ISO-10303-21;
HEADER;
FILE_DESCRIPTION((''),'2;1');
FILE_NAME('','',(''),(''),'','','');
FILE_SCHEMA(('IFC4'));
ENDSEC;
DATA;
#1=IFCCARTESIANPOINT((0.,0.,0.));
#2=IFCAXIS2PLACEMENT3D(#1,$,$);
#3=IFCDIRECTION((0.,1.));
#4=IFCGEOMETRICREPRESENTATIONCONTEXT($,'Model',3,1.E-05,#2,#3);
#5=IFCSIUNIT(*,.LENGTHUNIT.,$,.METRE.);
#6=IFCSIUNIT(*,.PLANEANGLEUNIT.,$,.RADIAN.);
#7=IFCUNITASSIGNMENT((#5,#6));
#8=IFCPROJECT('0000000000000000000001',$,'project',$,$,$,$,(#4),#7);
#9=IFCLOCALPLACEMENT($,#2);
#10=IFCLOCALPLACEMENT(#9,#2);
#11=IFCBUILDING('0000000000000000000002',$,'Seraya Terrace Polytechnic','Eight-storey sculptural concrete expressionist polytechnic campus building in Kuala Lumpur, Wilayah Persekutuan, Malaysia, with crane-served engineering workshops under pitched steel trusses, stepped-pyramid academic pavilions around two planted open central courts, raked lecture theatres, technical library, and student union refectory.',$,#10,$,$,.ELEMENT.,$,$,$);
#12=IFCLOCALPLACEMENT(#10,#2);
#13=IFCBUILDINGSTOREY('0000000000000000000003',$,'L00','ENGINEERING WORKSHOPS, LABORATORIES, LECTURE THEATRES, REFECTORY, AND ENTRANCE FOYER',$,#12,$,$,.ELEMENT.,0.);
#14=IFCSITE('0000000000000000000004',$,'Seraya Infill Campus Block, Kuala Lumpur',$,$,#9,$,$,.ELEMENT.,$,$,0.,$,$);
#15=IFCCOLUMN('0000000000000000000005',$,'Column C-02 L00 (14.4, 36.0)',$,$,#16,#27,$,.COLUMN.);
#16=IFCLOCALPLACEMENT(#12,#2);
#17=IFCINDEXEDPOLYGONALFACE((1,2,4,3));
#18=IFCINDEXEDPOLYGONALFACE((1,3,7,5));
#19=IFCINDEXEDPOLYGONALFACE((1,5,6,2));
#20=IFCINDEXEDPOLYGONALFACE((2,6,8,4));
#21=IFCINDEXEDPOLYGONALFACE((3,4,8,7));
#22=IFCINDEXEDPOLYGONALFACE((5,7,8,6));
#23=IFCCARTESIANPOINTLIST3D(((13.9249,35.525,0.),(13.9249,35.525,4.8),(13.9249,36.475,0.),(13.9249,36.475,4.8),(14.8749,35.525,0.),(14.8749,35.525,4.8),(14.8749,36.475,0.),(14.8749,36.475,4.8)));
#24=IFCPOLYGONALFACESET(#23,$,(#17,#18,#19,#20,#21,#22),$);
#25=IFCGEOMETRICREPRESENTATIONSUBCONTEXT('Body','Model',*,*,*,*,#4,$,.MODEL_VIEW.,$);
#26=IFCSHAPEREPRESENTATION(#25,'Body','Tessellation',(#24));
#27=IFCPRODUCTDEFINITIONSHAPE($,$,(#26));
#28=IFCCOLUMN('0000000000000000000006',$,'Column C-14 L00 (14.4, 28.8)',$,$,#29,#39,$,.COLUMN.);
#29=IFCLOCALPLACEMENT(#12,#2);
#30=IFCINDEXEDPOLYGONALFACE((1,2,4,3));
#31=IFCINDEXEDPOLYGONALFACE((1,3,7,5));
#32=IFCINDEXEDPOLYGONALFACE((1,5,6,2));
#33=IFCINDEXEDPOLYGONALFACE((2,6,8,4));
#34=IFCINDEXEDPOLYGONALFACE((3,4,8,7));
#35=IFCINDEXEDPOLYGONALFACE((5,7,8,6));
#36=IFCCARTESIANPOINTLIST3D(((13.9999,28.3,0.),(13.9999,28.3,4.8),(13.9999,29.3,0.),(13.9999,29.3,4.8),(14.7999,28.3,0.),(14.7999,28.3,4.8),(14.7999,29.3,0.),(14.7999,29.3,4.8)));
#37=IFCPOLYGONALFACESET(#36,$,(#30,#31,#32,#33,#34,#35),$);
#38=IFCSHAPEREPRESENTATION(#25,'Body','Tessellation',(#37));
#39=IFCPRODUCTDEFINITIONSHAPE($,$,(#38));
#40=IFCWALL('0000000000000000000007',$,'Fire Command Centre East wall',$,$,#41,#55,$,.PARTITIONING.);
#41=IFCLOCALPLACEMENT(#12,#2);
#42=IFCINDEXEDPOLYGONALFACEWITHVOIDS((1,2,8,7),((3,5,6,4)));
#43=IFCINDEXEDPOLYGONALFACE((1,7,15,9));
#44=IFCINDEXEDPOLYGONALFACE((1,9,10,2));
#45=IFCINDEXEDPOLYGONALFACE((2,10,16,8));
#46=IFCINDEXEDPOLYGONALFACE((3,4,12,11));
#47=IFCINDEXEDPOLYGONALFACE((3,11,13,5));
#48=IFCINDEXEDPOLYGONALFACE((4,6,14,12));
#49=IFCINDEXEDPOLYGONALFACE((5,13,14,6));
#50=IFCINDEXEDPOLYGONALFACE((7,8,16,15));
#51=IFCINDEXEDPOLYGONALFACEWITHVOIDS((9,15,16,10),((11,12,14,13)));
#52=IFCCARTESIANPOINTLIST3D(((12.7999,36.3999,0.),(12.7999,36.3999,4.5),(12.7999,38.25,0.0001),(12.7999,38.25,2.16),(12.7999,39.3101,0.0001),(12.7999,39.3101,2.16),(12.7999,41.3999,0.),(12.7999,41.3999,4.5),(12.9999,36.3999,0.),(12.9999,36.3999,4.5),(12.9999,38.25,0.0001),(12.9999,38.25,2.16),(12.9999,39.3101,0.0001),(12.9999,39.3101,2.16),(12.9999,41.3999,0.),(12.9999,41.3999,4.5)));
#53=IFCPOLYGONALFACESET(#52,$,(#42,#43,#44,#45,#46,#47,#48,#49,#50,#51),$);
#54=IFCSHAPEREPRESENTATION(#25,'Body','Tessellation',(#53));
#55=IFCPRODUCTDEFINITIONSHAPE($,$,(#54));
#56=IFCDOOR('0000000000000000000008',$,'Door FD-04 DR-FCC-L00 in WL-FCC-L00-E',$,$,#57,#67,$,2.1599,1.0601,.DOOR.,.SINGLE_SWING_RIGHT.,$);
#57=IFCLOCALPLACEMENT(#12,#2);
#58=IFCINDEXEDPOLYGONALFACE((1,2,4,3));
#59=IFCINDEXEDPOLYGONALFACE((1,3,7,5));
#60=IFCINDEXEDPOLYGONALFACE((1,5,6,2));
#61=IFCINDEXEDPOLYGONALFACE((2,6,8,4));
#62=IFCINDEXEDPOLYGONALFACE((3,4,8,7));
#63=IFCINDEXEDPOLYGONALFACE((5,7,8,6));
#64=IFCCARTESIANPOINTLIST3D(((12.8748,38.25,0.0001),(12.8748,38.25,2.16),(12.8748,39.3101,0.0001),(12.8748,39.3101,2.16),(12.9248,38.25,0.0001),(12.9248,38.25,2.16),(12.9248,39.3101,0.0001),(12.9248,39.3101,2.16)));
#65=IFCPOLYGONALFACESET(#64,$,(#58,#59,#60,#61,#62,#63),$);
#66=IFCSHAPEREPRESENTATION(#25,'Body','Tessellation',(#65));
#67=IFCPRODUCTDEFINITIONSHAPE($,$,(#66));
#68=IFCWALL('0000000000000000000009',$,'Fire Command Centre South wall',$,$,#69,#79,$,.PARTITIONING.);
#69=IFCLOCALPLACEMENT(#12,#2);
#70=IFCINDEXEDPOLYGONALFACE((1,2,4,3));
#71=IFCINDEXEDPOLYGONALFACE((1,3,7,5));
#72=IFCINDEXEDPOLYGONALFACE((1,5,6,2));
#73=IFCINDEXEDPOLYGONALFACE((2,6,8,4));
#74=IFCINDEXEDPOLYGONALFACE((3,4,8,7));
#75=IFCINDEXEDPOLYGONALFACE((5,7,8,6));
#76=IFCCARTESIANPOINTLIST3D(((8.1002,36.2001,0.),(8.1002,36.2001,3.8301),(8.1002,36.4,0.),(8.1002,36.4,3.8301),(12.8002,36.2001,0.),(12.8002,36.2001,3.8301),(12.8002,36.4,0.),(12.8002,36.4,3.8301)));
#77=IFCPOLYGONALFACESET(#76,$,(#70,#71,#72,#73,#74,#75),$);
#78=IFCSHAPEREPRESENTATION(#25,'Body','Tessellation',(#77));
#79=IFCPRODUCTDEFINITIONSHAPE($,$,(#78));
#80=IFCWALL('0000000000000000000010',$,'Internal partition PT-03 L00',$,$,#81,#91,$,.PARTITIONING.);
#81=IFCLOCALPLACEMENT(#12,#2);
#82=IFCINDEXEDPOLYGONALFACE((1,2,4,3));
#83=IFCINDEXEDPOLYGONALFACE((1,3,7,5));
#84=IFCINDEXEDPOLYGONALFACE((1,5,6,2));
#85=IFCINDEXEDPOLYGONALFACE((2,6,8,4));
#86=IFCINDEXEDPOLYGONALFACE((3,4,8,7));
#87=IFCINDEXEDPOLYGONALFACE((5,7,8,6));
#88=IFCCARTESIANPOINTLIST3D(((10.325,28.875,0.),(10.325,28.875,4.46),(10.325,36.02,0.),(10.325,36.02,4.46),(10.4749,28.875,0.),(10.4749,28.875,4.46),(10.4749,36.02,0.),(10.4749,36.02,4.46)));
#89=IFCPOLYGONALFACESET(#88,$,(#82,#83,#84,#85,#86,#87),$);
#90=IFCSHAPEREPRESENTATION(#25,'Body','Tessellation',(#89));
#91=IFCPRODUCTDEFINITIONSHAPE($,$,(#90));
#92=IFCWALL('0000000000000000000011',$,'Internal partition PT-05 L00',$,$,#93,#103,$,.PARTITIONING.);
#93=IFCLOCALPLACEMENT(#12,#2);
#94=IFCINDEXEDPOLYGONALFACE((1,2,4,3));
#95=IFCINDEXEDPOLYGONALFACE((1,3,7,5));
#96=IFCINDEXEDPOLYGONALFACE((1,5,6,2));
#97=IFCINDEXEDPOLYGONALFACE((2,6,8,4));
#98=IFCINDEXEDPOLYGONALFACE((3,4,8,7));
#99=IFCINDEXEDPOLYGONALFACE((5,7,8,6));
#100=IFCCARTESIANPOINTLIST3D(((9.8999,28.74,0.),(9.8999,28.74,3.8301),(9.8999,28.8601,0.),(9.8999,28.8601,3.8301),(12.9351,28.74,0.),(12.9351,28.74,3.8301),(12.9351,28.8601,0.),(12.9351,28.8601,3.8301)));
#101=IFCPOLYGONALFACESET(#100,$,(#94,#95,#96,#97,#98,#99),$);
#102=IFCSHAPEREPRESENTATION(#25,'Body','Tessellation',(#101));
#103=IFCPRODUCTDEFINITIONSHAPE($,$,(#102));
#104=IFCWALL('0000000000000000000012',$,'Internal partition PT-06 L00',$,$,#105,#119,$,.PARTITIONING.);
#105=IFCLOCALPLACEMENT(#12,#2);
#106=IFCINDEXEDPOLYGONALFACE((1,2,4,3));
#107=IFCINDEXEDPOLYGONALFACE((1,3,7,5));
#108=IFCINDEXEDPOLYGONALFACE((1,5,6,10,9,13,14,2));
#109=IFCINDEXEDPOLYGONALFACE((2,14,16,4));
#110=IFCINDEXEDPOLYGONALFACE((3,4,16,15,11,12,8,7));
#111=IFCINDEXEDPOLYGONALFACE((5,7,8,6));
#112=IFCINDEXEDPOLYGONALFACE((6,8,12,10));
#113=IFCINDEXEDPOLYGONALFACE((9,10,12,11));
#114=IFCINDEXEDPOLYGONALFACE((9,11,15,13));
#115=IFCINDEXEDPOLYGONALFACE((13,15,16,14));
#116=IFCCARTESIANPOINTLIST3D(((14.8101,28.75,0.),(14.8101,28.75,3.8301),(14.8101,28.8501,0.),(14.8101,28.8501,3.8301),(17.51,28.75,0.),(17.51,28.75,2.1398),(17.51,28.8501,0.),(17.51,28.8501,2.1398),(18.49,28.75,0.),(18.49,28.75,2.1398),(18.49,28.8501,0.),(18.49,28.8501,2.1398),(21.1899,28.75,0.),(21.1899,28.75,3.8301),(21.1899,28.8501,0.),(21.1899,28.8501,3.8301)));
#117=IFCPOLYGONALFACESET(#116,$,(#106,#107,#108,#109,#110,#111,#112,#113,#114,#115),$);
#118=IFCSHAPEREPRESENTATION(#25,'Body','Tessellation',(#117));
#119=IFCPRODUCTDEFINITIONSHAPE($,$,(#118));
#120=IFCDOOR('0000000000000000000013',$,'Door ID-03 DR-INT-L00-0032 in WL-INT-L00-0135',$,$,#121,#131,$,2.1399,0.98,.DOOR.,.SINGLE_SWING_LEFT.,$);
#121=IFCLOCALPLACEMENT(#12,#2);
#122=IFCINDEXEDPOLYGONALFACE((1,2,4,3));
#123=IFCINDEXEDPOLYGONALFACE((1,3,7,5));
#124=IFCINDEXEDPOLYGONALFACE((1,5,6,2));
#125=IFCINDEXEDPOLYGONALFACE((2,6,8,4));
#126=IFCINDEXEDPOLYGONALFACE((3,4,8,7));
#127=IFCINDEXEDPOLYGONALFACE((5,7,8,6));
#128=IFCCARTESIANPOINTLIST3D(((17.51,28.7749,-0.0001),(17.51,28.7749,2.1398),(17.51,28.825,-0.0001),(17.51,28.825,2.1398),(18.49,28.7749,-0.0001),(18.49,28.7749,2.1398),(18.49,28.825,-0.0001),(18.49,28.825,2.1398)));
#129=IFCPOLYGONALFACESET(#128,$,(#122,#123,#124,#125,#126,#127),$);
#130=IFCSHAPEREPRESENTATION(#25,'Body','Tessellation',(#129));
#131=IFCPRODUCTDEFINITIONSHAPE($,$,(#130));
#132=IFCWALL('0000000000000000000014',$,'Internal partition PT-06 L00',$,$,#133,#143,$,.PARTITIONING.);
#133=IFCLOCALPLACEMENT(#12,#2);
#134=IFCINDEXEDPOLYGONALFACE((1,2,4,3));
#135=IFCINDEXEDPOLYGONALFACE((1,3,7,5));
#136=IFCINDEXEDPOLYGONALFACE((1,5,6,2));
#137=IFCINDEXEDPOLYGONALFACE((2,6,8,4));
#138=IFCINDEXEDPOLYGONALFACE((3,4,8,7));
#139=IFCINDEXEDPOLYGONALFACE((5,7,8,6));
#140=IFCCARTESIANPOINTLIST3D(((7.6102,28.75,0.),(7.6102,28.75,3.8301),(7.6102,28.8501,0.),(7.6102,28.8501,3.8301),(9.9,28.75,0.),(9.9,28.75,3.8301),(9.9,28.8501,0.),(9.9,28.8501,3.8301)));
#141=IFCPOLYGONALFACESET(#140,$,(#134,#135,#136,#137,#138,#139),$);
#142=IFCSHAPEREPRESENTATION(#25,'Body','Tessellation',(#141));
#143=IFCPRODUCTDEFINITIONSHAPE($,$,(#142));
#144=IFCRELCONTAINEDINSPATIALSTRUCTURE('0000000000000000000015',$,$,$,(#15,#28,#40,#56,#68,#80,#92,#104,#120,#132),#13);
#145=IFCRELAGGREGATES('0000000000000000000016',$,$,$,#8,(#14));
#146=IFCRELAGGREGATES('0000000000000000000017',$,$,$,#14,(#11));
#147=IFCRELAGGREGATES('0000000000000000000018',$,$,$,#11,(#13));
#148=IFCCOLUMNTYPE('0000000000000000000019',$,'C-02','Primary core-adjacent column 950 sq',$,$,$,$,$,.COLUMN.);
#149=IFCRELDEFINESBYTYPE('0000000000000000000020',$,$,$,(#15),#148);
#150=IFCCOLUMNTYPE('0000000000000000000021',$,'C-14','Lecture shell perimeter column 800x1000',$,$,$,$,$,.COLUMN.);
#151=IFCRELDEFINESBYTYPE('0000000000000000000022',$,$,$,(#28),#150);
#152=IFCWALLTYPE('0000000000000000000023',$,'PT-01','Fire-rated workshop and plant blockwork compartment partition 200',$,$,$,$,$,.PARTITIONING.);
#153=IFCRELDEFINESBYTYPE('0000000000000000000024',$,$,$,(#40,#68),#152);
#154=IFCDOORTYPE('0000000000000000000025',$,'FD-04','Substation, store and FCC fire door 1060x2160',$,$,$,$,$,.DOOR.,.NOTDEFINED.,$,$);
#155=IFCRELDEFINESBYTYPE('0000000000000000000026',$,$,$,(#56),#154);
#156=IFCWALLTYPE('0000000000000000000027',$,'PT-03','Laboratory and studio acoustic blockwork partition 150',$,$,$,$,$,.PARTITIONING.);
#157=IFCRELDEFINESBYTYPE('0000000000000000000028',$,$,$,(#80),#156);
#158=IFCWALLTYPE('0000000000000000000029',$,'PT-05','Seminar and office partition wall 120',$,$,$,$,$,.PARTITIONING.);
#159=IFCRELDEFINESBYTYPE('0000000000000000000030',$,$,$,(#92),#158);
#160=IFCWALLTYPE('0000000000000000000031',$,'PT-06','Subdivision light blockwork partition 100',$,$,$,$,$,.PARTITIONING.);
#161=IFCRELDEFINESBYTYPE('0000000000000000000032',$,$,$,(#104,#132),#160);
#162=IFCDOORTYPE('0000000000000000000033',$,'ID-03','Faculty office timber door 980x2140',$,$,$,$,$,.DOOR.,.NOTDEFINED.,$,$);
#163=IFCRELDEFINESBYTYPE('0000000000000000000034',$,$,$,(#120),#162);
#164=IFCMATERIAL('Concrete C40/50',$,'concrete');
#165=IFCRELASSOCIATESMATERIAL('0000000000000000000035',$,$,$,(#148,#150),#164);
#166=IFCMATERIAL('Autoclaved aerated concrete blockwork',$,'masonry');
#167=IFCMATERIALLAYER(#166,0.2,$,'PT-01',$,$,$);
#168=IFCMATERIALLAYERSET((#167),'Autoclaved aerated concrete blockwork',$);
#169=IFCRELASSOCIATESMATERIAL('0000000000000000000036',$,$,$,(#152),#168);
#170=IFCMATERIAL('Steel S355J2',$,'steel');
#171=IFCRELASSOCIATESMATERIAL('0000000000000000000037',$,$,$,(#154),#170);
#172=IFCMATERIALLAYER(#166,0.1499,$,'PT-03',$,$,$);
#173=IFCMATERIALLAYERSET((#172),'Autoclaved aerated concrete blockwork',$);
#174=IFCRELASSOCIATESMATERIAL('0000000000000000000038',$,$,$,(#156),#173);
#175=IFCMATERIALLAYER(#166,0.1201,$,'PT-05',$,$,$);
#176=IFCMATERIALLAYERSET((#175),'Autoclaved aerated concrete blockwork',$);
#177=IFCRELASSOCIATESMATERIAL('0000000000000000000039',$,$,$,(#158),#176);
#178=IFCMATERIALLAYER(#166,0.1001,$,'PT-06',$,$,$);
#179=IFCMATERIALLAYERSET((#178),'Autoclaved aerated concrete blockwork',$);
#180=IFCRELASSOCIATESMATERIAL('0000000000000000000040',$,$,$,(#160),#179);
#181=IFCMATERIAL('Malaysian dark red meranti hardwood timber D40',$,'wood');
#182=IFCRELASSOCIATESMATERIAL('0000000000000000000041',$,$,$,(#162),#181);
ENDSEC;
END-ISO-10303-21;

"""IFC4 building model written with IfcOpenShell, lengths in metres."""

from ifc_helpers import new_model, si_unit, direction, frame, frame_2d, origin, origin_2d, place, context, subcontext, project, spatial, rectangle, extrude, material, layer, layer_set, material_profile, profile_set, type_object, element, fill, save


model = new_model("IFC4")

# Units and contexts
model_context = context("Model", 3, precision=1e-05, world=origin(), true_north=direction((0.0, 1.0)))
body_context = subcontext(model_context, "Body", "Model", "MODEL_VIEW")
ifc_project = project(units=[si_unit("LENGTHUNIT", "METRE"), si_unit("PLANEANGLEUNIT", "RADIAN")], contexts=[model_context])

# Site, building, storey
site_placement = place(None, origin())
site = spatial("IfcSite", under=ifc_project, at=site_placement, Name="Seraya Infill Campus Block, Kuala Lumpur", CompositionType="ELEMENT", RefElevation=0.0)
building_placement = place(site_placement, origin())
building = spatial("IfcBuilding", under=site, at=building_placement, Name="Seraya Terrace Polytechnic", Description="Eight-storey sculptural concrete expressionist polytechnic campus building in Kuala Lumpur, Wilayah Persekutuan, Malaysia, with crane-served engineering workshops under pitched steel trusses, stepped-pyramid academic pavilions around two planted open central courts, raked lecture theatres, technical library, and student union refectory.", CompositionType="ELEMENT")
storey_placement = place(building_placement, origin())
storey = spatial("IfcBuildingStorey", under=building, at=storey_placement, Name="L00", Description="ENGINEERING WORKSHOPS, LABORATORIES, LECTURE THEATRES, REFECTORY, AND ENTRANCE FOYER", CompositionType="ELEMENT", Elevation=0.0)

# Shared definitions
ifc_material_1 = material(Name="Concrete C40/50", Category="concrete")

# Columns
ifc_material_profile_1 = material_profile(ifc_material_1, rectangle(XDim=0.95, YDim=0.95, at=origin_2d()), Name="RC 950x950")
ifc_profile_set_1 = profile_set([ifc_material_profile_1], Name="Concrete C40/50")
column_type_1 = type_object("IfcColumnType", Name="C-02", Description="Primary core-adjacent column 950 sq", PredefinedType="COLUMN", material=ifc_profile_set_1)
column_1_placement = place(storey_placement, frame((14.3999, 36.0, 0.0), z_axis=(0.0, 0.0, 1.0), x_axis=(1.0, 0.0, 0.0)))
element("IfcColumn", 1, at=column_1_placement, inside=storey, type_object=column_type_1, Name="Column C-02 L00 (14.4, 36.0)", PredefinedType="COLUMN", context=body_context, shape_type="SweptSolid", body=[
    extrude(rectangle(XDim=0.95, YDim=0.95, at=origin_2d()), origin(), (0.0, 0.0, 1.0), 4.8),
])
ifc_material_profile_2 = material_profile(ifc_material_1, rectangle(XDim=0.8, YDim=1.0, at=origin_2d()), Name="RC 800x1000")
ifc_profile_set_2 = profile_set([ifc_material_profile_2], Name="Concrete C40/50")
column_type_2 = type_object("IfcColumnType", Name="C-14", Description="Lecture shell perimeter column 800x1000", PredefinedType="COLUMN", material=ifc_profile_set_2)
column_2_placement = place(storey_placement, frame((14.3999, 28.8, 0.0), z_axis=(0.0, 0.0, 1.0), x_axis=(1.0, 0.0, 0.0)))
element("IfcColumn", 2, at=column_2_placement, inside=storey, type_object=column_type_2, Name="Column C-14 L00 (14.4, 28.8)", PredefinedType="COLUMN", context=body_context, shape_type="SweptSolid", body=[
    extrude(rectangle(XDim=0.8, YDim=1.0, at=origin_2d()), origin(), (0.0, 0.0, 1.0), 4.8),
])

# Wall, opening, door
ifc_material_2 = material(Name="Autoclaved aerated concrete blockwork", Category="masonry")
ifc_layer_1 = layer(ifc_material_2, 0.2, Name="PT-01")
ifc_layer_set_1 = layer_set([ifc_layer_1], Name="Autoclaved aerated concrete blockwork")
wall_type_1 = type_object("IfcWallType", Name="PT-01", Description="Fire-rated workshop and plant blockwork compartment partition 200", PredefinedType="PARTITIONING", material=ifc_layer_set_1)
wall_1_placement = place(storey_placement, frame((12.8999, 36.3999, 0.0), z_axis=(0.0, 0.0, 1.0), x_axis=(0.0, 1.0, 0.0)))
wall_1 = element("IfcWall", 3, at=wall_1_placement, inside=storey, type_object=wall_type_1, Name="Fire Command Centre East wall", PredefinedType="PARTITIONING", context=body_context, shape_type="SweptSolid", body=[
    extrude(rectangle(XDim=5.0, YDim=0.2, at=frame_2d((2.5, 0.0))), origin(), (0.0, 0.0, 1.0), 4.5),
])
opening_1_placement = place(wall_1_placement, frame((1.8501, 0.0, 0.0)))
opening_1 = element("IfcOpeningElement", 4, at=opening_1_placement, cuts=wall_1, PredefinedType="OPENING", context=body_context, shape_type="SweptSolid", body=[
    extrude(rectangle(XDim=1.0601, YDim=2.1599, at=frame_2d((0.53, 1.0801))), frame((0.0, 0.1118, 0.0), z_axis=(0.0, -1.0, 0.0), x_axis=(1.0, 0.0, 0.0)), (0.0, 0.0, 1.0), 0.2239),
])
ifc_material_3 = material(Name="Steel S355J2", Category="steel")
door_type_1 = type_object("IfcDoorType", Name="FD-04", Description="Substation, store and FCC fire door 1060x2160", OperationType="NOTDEFINED", PredefinedType="DOOR", material=ifc_material_3)
door_1_placement = place(opening_1_placement, frame((1.0601, 0.0, 0.0), z_axis=(0.0, 0.0, 1.0), x_axis=(-1.0, 0.0, 0.0)))
door_1 = element("IfcDoor", 5, at=door_1_placement, inside=storey, type_object=door_type_1, Name="Door FD-04 DR-FCC-L00 in WL-FCC-L00-E", OperationType="SINGLE_SWING_RIGHT", OverallHeight=2.1599, OverallWidth=1.0601, PredefinedType="DOOR", context=body_context, shape_type="SweptSolid", body=[
    extrude(rectangle(XDim=1.0601, YDim=2.1599, at=frame_2d((0.53, 1.0801))), frame((0.0, 0.0249, 0.0), z_axis=(0.0, -1.0, 0.0), x_axis=(1.0, 0.0, 0.0)), (0.0, 0.0, 1.0), 0.05),
])
fill(opening_1, door_1)

# Walls
wall_2_placement = place(storey_placement, frame((8.1001, 36.3, 0.0), z_axis=(0.0, 0.0, 1.0), x_axis=(1.0, 0.0, 0.0)))
element("IfcWall", 6, at=wall_2_placement, inside=storey, type_object=wall_type_1, Name="Fire Command Centre South wall", PredefinedType="PARTITIONING", context=body_context, shape_type="SweptSolid", body=[
    extrude(rectangle(XDim=4.7, YDim=0.2, at=frame_2d((2.3501, 0.0))), origin(), (0.0, 0.0, 1.0), 3.8301),
])
ifc_layer_2 = layer(ifc_material_2, 0.1499, Name="PT-03")
ifc_layer_set_2 = layer_set([ifc_layer_2], Name="Autoclaved aerated concrete blockwork")
wall_type_2 = type_object("IfcWallType", Name="PT-03", Description="Laboratory and studio acoustic blockwork partition 150", PredefinedType="PARTITIONING", material=ifc_layer_set_2)
wall_3_placement = place(storey_placement, frame((10.3999, 28.875, 0.0), z_axis=(0.0, 0.0, 1.0), x_axis=(0.0, 1.0, 0.0)))
element("IfcWall", 7, at=wall_3_placement, inside=storey, type_object=wall_type_2, Name="Internal partition PT-03 L00", PredefinedType="PARTITIONING", context=body_context, shape_type="SweptSolid", body=[
    extrude(rectangle(XDim=7.145, YDim=0.1499, at=frame_2d((3.5725, 0.0))), origin(), (0.0, 0.0, 1.0), 4.46),
])
ifc_layer_3 = layer(ifc_material_2, 0.1201, Name="PT-05")
ifc_layer_set_3 = layer_set([ifc_layer_3], Name="Autoclaved aerated concrete blockwork")
wall_type_3 = type_object("IfcWallType", Name="PT-05", Description="Seminar and office partition wall 120", PredefinedType="PARTITIONING", material=ifc_layer_set_3)
wall_4_placement = place(storey_placement, frame((9.8999, 28.8, 0.0), z_axis=(0.0, 0.0, 1.0), x_axis=(1.0, 0.0, 0.0)))
element("IfcWall", 8, at=wall_4_placement, inside=storey, type_object=wall_type_3, Name="Internal partition PT-05 L00", PredefinedType="PARTITIONING", context=body_context, shape_type="SweptSolid", body=[
    extrude(rectangle(XDim=3.0352, YDim=0.1201, at=frame_2d((1.5176, 0.0))), origin(), (0.0, 0.0, 1.0), 3.8301),
])

# Wall, opening, door
ifc_layer_4 = layer(ifc_material_2, 0.1001, Name="PT-06")
ifc_layer_set_4 = layer_set([ifc_layer_4], Name="Autoclaved aerated concrete blockwork")
wall_type_4 = type_object("IfcWallType", Name="PT-06", Description="Subdivision light blockwork partition 100", PredefinedType="PARTITIONING", material=ifc_layer_set_4)
wall_5_placement = place(storey_placement, frame((14.8101, 28.8, 0.0), z_axis=(0.0, 0.0, 1.0), x_axis=(1.0, 0.0, 0.0)))
wall_5 = element("IfcWall", 9, at=wall_5_placement, inside=storey, type_object=wall_type_4, Name="Internal partition PT-06 L00", PredefinedType="PARTITIONING", context=body_context, shape_type="SweptSolid", body=[
    extrude(rectangle(XDim=6.3799, YDim=0.1001, at=frame_2d((3.1899, 0.0))), origin(), (0.0, 0.0, 1.0), 3.8301),
])
opening_2_placement = place(wall_5_placement, frame((2.7, 0.0, 0.0)))
opening_2 = element("IfcOpeningElement", 10, at=opening_2_placement, cuts=wall_5, PredefinedType="OPENING", context=body_context, shape_type="SweptSolid", body=[
    extrude(rectangle(XDim=0.98, YDim=2.1399, at=frame_2d((0.49, 1.0698))), frame((0.0, 0.062, 0.0), z_axis=(0.0, -1.0, 0.0), x_axis=(1.0, 0.0, 0.0)), (0.0, 0.0, 1.0), 0.124),
])
ifc_material_4 = material(Name="Malaysian dark red meranti hardwood timber D40", Category="wood")
door_type_2 = type_object("IfcDoorType", Name="ID-03", Description="Faculty office timber door 980x2140", OperationType="NOTDEFINED", PredefinedType="DOOR", material=ifc_material_4)
door_2_placement = place(opening_2_placement, origin())
door_2 = element("IfcDoor", 11, at=door_2_placement, inside=storey, type_object=door_type_2, Name="Door ID-03 DR-INT-L00-0032 in WL-INT-L00-0135", OperationType="SINGLE_SWING_LEFT", OverallHeight=2.1399, OverallWidth=0.98, PredefinedType="DOOR", context=body_context, shape_type="SweptSolid", body=[
    extrude(rectangle(XDim=0.98, YDim=2.1399, at=frame_2d((0.49, 1.0698))), frame((0.0, 0.0249, 0.0), z_axis=(0.0, -1.0, 0.0), x_axis=(1.0, 0.0, 0.0)), (0.0, 0.0, 1.0), 0.05),
])
fill(opening_2, door_2)

# Wall
wall_6_placement = place(storey_placement, frame((7.6101, 28.8, 0.0), z_axis=(0.0, 0.0, 1.0), x_axis=(1.0, 0.0, 0.0)))
element("IfcWall", 12, at=wall_6_placement, inside=storey, type_object=wall_type_4, Name="Internal partition PT-06 L00", PredefinedType="PARTITIONING", context=body_context, shape_type="SweptSolid", body=[
    extrude(rectangle(XDim=2.2898, YDim=0.1001, at=frame_2d((1.145, 0.0))), origin(), (0.0, 0.0, 1.0), 3.8301),
])

save(model, "model.ifc")
